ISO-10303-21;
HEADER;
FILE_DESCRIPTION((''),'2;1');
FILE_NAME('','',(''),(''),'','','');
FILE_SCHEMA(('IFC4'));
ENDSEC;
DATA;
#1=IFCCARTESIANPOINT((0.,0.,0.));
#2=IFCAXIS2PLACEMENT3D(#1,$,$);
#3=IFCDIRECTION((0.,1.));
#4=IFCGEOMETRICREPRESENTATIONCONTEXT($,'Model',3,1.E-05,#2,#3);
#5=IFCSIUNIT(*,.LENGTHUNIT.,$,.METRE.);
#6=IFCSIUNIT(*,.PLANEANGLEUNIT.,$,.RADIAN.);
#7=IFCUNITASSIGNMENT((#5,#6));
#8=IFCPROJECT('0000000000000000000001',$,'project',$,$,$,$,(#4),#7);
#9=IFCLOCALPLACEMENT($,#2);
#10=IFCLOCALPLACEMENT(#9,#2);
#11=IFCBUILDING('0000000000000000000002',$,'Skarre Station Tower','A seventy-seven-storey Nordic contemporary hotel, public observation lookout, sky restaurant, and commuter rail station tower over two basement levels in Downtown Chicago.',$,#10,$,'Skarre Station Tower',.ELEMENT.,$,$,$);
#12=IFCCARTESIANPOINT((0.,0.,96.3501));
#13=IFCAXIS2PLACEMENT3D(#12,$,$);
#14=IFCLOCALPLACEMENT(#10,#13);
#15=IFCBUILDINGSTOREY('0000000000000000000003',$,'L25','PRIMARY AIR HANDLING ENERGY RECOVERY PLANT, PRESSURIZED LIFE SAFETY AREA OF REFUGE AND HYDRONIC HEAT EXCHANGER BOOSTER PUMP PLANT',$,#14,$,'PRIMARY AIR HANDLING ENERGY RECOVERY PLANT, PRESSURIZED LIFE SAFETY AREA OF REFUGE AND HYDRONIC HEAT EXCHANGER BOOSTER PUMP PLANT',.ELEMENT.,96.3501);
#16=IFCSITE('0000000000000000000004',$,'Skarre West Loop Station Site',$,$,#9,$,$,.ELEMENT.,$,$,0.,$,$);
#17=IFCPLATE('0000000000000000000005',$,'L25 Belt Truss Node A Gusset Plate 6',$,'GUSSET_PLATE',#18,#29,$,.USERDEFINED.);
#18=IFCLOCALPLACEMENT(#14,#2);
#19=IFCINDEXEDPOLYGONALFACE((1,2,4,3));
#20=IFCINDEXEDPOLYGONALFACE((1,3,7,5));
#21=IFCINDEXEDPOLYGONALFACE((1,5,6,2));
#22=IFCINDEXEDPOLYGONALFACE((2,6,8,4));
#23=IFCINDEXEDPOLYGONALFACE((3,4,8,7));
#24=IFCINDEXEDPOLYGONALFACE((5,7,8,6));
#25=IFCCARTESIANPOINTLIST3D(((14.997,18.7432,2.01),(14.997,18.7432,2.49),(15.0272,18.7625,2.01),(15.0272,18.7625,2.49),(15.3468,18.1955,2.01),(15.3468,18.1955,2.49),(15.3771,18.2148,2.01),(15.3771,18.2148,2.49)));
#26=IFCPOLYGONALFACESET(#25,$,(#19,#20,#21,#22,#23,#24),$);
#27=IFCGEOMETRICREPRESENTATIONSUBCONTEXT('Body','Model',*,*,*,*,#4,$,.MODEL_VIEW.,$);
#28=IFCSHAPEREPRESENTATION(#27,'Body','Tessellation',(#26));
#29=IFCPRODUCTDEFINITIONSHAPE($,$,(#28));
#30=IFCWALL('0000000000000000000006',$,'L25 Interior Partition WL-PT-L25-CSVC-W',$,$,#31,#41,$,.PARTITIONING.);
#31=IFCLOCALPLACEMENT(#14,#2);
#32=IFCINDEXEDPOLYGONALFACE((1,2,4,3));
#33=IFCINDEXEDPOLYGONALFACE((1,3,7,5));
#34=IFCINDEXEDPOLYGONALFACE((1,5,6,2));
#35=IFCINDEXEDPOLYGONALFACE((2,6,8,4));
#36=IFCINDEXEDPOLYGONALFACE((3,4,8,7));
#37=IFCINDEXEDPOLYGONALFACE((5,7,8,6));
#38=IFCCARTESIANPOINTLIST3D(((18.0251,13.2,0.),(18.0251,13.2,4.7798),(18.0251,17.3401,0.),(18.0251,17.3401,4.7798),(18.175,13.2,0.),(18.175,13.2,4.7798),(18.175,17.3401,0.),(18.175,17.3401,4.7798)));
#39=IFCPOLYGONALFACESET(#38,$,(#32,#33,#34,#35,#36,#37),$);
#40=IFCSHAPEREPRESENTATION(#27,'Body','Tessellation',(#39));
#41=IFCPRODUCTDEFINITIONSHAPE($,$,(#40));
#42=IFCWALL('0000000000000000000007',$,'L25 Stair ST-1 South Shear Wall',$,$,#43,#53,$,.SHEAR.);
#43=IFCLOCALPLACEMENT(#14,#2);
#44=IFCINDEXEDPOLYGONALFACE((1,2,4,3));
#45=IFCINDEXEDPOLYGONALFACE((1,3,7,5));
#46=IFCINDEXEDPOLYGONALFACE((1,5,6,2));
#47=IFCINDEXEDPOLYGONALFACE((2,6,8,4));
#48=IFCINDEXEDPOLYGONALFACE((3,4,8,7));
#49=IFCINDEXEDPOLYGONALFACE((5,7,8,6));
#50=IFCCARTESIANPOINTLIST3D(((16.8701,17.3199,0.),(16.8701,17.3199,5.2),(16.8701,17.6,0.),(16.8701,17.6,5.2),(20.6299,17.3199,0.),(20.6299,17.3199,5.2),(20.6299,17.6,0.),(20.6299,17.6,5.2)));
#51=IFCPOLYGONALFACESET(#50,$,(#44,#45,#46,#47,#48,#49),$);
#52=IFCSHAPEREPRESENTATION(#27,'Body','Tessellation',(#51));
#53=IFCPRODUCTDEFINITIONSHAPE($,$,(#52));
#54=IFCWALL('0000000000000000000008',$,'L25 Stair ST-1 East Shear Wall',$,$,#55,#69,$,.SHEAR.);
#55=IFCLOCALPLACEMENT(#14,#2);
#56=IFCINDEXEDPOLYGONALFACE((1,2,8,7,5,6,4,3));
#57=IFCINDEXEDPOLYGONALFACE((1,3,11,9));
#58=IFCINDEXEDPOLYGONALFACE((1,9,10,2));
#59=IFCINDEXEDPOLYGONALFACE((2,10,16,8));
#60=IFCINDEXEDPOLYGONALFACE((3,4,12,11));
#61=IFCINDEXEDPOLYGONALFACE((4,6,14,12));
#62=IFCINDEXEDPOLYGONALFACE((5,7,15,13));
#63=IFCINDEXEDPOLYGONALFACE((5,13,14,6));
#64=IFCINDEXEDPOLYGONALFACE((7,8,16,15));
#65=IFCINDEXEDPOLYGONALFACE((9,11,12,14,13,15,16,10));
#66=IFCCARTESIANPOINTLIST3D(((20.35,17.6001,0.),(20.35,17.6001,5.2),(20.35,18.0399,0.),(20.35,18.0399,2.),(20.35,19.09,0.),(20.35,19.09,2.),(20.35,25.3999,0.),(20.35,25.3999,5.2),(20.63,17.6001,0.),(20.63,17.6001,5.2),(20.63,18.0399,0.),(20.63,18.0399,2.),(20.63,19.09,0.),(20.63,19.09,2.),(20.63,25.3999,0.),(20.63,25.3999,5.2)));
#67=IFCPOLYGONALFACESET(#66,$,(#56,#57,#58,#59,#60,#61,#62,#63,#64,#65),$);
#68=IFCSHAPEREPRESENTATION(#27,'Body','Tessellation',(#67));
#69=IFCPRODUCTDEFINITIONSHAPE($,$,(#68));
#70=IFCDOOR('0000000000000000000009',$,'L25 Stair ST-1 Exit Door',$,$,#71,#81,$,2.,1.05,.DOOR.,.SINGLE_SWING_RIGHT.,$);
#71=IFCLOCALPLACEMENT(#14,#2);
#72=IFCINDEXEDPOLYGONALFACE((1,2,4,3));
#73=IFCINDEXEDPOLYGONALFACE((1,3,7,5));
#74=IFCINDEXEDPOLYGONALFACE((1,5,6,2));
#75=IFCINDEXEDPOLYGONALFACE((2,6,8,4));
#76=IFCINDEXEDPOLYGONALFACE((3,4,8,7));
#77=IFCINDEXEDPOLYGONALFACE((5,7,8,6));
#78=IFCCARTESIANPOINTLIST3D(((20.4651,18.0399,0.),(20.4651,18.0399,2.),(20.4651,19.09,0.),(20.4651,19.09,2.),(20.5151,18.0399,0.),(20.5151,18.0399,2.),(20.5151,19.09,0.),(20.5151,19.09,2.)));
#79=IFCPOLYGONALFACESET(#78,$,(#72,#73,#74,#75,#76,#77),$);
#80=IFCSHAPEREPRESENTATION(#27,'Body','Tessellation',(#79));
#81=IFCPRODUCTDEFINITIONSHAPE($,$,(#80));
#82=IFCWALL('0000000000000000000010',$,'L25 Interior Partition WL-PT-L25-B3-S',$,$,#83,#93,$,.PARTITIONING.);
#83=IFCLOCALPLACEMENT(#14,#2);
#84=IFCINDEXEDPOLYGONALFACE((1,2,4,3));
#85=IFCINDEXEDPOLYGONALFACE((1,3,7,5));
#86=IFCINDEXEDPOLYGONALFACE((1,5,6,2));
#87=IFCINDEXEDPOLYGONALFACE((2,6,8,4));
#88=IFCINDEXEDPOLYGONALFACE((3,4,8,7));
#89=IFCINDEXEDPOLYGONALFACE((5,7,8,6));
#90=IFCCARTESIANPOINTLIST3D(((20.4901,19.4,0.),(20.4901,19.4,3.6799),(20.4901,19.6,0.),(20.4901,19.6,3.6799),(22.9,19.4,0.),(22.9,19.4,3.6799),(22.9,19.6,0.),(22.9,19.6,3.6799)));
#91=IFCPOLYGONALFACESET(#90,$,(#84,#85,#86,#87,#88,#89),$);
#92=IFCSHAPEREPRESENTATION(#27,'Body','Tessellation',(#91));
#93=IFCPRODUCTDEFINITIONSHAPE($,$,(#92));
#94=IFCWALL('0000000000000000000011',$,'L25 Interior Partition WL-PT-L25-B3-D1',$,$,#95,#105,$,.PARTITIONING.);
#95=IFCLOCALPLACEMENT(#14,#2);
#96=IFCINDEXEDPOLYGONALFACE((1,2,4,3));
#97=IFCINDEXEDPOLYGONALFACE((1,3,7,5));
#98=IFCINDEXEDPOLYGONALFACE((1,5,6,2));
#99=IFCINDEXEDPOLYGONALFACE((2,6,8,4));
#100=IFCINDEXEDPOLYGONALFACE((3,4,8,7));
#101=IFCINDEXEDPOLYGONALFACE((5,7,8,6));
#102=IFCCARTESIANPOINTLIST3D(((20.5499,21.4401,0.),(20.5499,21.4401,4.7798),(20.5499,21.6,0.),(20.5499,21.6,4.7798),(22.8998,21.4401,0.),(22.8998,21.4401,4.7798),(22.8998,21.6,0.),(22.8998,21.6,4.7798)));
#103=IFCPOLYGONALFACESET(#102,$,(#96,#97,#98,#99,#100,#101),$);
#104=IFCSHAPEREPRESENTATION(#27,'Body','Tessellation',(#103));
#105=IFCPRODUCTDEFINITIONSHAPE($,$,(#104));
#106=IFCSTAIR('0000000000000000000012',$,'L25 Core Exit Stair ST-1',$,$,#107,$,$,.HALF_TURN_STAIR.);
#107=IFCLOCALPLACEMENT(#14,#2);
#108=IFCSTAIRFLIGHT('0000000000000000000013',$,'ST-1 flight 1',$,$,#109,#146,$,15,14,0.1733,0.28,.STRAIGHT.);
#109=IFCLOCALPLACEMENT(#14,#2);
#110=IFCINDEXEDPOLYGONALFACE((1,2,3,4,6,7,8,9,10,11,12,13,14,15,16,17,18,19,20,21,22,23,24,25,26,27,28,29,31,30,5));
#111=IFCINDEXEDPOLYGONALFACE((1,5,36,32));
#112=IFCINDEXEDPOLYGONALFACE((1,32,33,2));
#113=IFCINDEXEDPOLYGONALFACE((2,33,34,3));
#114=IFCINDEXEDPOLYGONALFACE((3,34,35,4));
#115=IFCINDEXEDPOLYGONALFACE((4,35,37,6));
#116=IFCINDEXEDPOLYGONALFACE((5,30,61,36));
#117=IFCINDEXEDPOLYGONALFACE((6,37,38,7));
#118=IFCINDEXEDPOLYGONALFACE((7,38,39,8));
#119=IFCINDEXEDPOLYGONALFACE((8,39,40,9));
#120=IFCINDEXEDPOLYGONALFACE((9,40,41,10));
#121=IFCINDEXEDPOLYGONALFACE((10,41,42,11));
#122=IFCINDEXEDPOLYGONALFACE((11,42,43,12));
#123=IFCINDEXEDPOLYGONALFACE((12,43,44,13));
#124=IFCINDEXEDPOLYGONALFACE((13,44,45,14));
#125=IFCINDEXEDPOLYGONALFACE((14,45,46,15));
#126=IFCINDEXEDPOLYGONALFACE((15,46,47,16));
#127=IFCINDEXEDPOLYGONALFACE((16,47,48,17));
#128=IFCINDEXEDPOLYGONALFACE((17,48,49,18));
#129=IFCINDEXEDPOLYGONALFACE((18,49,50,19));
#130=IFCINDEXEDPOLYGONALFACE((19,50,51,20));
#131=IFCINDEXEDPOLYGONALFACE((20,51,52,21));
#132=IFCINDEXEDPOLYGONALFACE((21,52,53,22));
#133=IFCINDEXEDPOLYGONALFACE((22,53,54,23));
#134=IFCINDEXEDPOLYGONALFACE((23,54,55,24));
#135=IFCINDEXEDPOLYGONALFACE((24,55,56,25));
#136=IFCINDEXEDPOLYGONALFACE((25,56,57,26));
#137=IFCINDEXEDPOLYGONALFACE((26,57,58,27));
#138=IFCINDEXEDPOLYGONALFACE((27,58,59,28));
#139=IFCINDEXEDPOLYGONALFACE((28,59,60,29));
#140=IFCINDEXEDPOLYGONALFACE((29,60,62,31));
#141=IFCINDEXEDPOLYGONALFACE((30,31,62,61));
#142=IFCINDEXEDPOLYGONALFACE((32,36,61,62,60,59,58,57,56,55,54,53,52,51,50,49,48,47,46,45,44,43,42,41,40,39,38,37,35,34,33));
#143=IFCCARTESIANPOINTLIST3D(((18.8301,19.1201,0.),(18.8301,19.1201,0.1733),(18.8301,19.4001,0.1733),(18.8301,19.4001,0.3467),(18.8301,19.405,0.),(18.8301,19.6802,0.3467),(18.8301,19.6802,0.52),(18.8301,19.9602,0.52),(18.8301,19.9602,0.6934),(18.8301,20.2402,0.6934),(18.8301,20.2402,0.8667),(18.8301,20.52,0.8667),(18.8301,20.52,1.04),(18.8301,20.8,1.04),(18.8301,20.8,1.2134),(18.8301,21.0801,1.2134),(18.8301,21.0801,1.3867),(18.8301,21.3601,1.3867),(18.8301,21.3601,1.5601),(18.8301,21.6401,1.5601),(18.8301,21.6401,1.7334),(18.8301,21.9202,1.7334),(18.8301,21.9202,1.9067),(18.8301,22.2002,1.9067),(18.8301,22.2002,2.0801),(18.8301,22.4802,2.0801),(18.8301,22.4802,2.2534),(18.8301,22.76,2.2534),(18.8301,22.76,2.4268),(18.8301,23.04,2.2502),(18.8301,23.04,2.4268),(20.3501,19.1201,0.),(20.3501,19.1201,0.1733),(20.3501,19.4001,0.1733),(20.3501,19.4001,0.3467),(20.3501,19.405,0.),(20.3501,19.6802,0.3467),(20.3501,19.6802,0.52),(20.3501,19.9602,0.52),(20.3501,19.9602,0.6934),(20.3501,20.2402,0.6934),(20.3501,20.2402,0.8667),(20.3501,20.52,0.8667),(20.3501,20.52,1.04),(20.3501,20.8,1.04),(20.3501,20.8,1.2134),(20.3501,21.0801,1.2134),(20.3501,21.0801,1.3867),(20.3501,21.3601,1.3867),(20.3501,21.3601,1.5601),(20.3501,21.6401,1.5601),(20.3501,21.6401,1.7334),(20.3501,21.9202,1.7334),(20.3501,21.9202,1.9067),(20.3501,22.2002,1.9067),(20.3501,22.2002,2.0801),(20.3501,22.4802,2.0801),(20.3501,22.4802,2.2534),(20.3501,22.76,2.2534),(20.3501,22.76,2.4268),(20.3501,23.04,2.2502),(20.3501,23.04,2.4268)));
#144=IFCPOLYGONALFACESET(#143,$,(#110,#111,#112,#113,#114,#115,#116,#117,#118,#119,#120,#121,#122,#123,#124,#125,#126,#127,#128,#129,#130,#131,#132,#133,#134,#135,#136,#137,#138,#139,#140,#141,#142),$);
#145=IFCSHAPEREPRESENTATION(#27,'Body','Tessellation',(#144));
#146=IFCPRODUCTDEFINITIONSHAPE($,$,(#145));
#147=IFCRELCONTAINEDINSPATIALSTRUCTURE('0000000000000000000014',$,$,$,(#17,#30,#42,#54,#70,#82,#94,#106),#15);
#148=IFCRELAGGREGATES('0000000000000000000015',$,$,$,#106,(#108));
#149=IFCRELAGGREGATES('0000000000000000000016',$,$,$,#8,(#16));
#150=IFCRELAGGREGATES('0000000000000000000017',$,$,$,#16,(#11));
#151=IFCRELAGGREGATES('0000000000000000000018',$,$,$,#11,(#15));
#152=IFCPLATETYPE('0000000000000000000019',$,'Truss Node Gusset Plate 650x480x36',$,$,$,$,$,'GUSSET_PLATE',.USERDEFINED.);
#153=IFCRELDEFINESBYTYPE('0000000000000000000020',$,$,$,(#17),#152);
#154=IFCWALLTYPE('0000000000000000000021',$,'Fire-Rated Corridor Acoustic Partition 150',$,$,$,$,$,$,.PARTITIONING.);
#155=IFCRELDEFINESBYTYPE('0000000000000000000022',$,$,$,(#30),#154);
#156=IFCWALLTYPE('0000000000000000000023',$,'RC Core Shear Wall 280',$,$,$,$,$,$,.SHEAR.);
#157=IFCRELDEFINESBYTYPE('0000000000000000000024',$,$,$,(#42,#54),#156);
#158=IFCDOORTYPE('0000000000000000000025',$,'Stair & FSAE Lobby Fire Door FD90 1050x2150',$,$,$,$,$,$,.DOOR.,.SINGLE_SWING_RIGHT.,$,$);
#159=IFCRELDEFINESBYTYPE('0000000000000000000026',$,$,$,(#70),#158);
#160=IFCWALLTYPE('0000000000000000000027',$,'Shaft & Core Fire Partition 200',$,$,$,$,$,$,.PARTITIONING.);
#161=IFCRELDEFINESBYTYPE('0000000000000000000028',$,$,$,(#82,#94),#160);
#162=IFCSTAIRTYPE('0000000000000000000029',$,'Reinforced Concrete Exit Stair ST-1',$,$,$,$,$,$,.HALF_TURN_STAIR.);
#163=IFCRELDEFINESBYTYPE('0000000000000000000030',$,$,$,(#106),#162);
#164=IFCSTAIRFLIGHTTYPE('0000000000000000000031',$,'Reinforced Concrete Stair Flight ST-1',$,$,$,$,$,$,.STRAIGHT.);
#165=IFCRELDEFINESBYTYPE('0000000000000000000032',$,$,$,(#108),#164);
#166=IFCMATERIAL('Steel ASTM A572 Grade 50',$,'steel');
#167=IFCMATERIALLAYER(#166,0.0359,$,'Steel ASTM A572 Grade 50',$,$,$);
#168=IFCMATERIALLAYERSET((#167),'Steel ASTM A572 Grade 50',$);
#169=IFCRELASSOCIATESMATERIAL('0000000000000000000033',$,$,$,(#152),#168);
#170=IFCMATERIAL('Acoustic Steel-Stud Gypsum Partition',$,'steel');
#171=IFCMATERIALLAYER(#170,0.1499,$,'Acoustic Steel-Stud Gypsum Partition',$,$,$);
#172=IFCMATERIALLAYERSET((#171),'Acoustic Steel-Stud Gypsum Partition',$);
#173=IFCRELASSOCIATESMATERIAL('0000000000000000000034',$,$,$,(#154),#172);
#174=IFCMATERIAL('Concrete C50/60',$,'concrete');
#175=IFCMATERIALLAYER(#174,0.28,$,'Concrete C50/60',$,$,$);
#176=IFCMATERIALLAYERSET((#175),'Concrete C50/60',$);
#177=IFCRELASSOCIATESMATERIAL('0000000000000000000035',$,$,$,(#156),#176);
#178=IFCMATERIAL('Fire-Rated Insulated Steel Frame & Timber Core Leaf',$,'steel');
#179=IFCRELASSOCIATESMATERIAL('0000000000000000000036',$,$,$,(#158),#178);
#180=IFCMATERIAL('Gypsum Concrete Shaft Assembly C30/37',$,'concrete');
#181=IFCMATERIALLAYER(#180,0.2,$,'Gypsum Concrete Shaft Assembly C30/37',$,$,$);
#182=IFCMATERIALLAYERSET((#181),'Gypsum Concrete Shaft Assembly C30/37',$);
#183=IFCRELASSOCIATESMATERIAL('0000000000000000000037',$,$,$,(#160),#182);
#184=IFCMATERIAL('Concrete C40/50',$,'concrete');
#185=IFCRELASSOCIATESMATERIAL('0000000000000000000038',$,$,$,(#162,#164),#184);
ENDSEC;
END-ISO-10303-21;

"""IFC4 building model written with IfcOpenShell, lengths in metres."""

from ifc_helpers import new_model, si_unit, direction, frame, frame_2d, origin, origin_2d, place, context, subcontext, project, spatial, polyline, rectangle, outline, extrude, material, layer, layer_set, type_object, element, fill, aggregate, save


model = new_model("IFC4")

# Units and contexts
model_context = context("Model", 3, precision=1e-05, world=origin(), true_north=direction((0.0, 1.0)))
body_context = subcontext(model_context, "Body", "Model", "MODEL_VIEW")
ifc_project = project(units=[si_unit("LENGTHUNIT", "METRE"), si_unit("PLANEANGLEUNIT", "RADIAN")], contexts=[model_context])

# Site, building, storey
site_placement = place(None, origin())
site = spatial("IfcSite", under=ifc_project, at=site_placement, Name="Skarre West Loop Station Site", CompositionType="ELEMENT", RefElevation=0.0)
building_placement = place(site_placement, origin())
building = spatial("IfcBuilding", under=site, at=building_placement, Name="Skarre Station Tower", Description="A seventy-seven-storey Nordic contemporary hotel, public observation lookout, sky restaurant, and commuter rail station tower over two basement levels in Downtown Chicago.", LongName="Skarre Station Tower", CompositionType="ELEMENT")
storey_placement = place(building_placement, frame((0.0, 0.0, 96.3501)))
storey = spatial("IfcBuildingStorey", under=building, at=storey_placement, Name="L25", Description="PRIMARY AIR HANDLING ENERGY RECOVERY PLANT, PRESSURIZED LIFE SAFETY AREA OF REFUGE AND HYDRONIC HEAT EXCHANGER BOOSTER PUMP PLANT", LongName="PRIMARY AIR HANDLING ENERGY RECOVERY PLANT, PRESSURIZED LIFE SAFETY AREA OF REFUGE AND HYDRONIC HEAT EXCHANGER BOOSTER PUMP PLANT", CompositionType="ELEMENT", Elevation=96.3501)

# Plate
ifc_material_1 = material(Name="Steel ASTM A572 Grade 50", Category="steel")
ifc_layer_1 = layer(ifc_material_1, 0.0359, Name="Steel ASTM A572 Grade 50")
ifc_layer_set_1 = layer_set([ifc_layer_1], Name="Steel ASTM A572 Grade 50")
plate_type = type_object("IfcPlateType", Name="Truss Node Gusset Plate 650x480x36", ElementType="GUSSET_PLATE", PredefinedType="USERDEFINED", material=ifc_layer_set_1)
plate_placement = place(storey_placement, frame((15.187, 18.479, 2.01), z_axis=(0.0, 0.0, 1.0), x_axis=(0.538285, -0.842763, 0.0)))
element("IfcPlate", 1, at=plate_placement, inside=storey, type_object=plate_type, Name="L25 Belt Truss Node A Gusset Plate 6", ObjectType="GUSSET_PLATE", PredefinedType="USERDEFINED", context=body_context, shape_type="SweptSolid", body=[
    extrude(rectangle(XDim=0.6499, YDim=0.0359, at=origin_2d()), origin(), (0.0, 0.0, 1.0), 0.48),
])

# Walls
ifc_material_2 = material(Name="Acoustic Steel-Stud Gypsum Partition", Category="steel")
ifc_layer_2 = layer(ifc_material_2, 0.1499, Name="Acoustic Steel-Stud Gypsum Partition")
ifc_layer_set_2 = layer_set([ifc_layer_2], Name="Acoustic Steel-Stud Gypsum Partition")
wall_type_1 = type_object("IfcWallType", Name="Fire-Rated Corridor Acoustic Partition 150", PredefinedType="PARTITIONING", material=ifc_layer_set_2)
wall_1_placement = place(storey_placement, frame((18.1001, 17.3401, 0.0), z_axis=(0.0, 0.0, 1.0), x_axis=(0.0, -1.0, 0.0)))
element("IfcWall", 2, at=wall_1_placement, inside=storey, type_object=wall_type_1, Name="L25 Interior Partition WL-PT-L25-CSVC-W", PredefinedType="PARTITIONING", context=body_context, shape_type="SweptSolid", body=[
    extrude(rectangle(XDim=4.1401, YDim=0.1499, at=frame_2d((2.0701, 0.0))), origin(), (0.0, 0.0, 1.0), 4.7798),
])
ifc_material_3 = material(Name="Concrete C50/60", Category="concrete")
ifc_layer_3 = layer(ifc_material_3, 0.28, Name="Concrete C50/60")
ifc_layer_set_3 = layer_set([ifc_layer_3], Name="Concrete C50/60")
wall_type_2 = type_object("IfcWallType", Name="RC Core Shear Wall 280", PredefinedType="SHEAR", material=ifc_layer_set_3)
wall_2_placement = place(storey_placement, frame((16.8701, 17.46, 0.0), z_axis=(0.0, 0.0, 1.0), x_axis=(1.0, 0.0, 0.0)))
element("IfcWall", 3, at=wall_2_placement, inside=storey, type_object=wall_type_2, Name="L25 Stair ST-1 South Shear Wall", PredefinedType="SHEAR", context=body_context, shape_type="SweptSolid", body=[
    extrude(rectangle(XDim=3.7598, YDim=0.28, at=frame_2d((1.8799, 0.0))), origin(), (0.0, 0.0, 1.0), 5.2),
])

# Wall, opening, door
wall_3_placement = place(storey_placement, frame((20.49, 17.6001, 0.0), z_axis=(0.0, 0.0, 1.0), x_axis=(0.0, 1.0, 0.0)))
wall_3 = element("IfcWall", 4, at=wall_3_placement, inside=storey, type_object=wall_type_2, Name="L25 Stair ST-1 East Shear Wall", PredefinedType="SHEAR", context=body_context, shape_type="SweptSolid", body=[
    extrude(rectangle(XDim=7.7998, YDim=0.28, at=frame_2d((3.8999, 0.0))), origin(), (0.0, 0.0, 1.0), 5.2),
])
opening_placement = place(wall_3_placement, frame((0.4399, 0.0, 0.0)))
opening = element("IfcOpeningElement", 5, at=opening_placement, cuts=wall_3, PredefinedType="OPENING", context=body_context, shape_type="SweptSolid", body=[
    extrude(rectangle(XDim=1.05, YDim=2.0, at=frame_2d((0.5249, 1.0))), frame((0.0, 0.1499, 0.0), z_axis=(0.0, -1.0, 0.0), x_axis=(1.0, 0.0, 0.0)), (0.0, 0.0, 1.0), 0.3),
])
ifc_material_4 = material(Name="Fire-Rated Insulated Steel Frame & Timber Core Leaf", Category="steel")
door_type = type_object("IfcDoorType", Name="Stair & FSAE Lobby Fire Door FD90 1050x2150", OperationType="SINGLE_SWING_RIGHT", PredefinedType="DOOR", material=ifc_material_4)
door_placement = place(opening_placement, origin())
door = element("IfcDoor", 6, at=door_placement, inside=storey, type_object=door_type, Name="L25 Stair ST-1 Exit Door", OperationType="SINGLE_SWING_RIGHT", OverallHeight=2.0, OverallWidth=1.05, PredefinedType="DOOR", context=body_context, shape_type="SweptSolid", body=[
    extrude(rectangle(XDim=1.05, YDim=2.0, at=frame_2d((0.5249, 1.0))), frame((0.0, 0.0249, 0.0), z_axis=(0.0, -1.0, 0.0), x_axis=(1.0, 0.0, 0.0)), (0.0, 0.0, 1.0), 0.05),
])
fill(opening, door)

# Walls
ifc_material_5 = material(Name="Gypsum Concrete Shaft Assembly C30/37", Category="concrete")
ifc_layer_4 = layer(ifc_material_5, 0.2, Name="Gypsum Concrete Shaft Assembly C30/37")
ifc_layer_set_4 = layer_set([ifc_layer_4], Name="Gypsum Concrete Shaft Assembly C30/37")
wall_type_3 = type_object("IfcWallType", Name="Shaft & Core Fire Partition 200", PredefinedType="PARTITIONING", material=ifc_layer_set_4)
wall_4_placement = place(storey_placement, frame((20.49, 19.5, 0.0), z_axis=(0.0, 0.0, 1.0), x_axis=(1.0, 0.0, 0.0)))
element("IfcWall", 7, at=wall_4_placement, inside=storey, type_object=wall_type_3, Name="L25 Interior Partition WL-PT-L25-B3-S", PredefinedType="PARTITIONING", context=body_context, shape_type="SweptSolid", body=[
    extrude(rectangle(XDim=2.4099, YDim=0.2, at=frame_2d((1.2051, 0.0))), origin(), (0.0, 0.0, 1.0), 3.6799),
])
wall_5_placement = place(storey_placement, frame((20.55, 21.52, 0.0), z_axis=(0.0, 0.0, 1.0), x_axis=(1.0, 0.0, 0.0)))
element("IfcWall", 8, at=wall_5_placement, inside=storey, type_object=wall_type_3, Name="L25 Interior Partition WL-PT-L25-B3-D1", PredefinedType="PARTITIONING", context=body_context, shape_type="SweptSolid", body=[
    extrude(rectangle(XDim=2.3499, YDim=0.1599, at=frame_2d((1.1748, 0.0))), origin(), (0.0, 0.0, 1.0), 4.7798),
])

# Stair, stair flight
ifc_material_6 = material(Name="Concrete C40/50", Category="concrete")
stair_type = type_object("IfcStairType", Name="Reinforced Concrete Exit Stair ST-1", PredefinedType="HALF_TURN_STAIR", material=ifc_material_6)
stair_placement = place(storey_placement, origin())
stair = element("IfcStair", 9, at=stair_placement, inside=storey, type_object=stair_type, Name="L25 Core Exit Stair ST-1", PredefinedType="HALF_TURN_STAIR")
stair_flight_type = type_object("IfcStairFlightType", Name="Reinforced Concrete Stair Flight ST-1", PredefinedType="STRAIGHT", material=ifc_material_6)
stair_flight_placement = place(storey_placement, frame((19.5901, 19.1201, 0.0), z_axis=(0.0, 0.0, 1.0), x_axis=(0.0, 1.0, 0.0)))
stair_flight = element("IfcStairFlight", 10, at=stair_flight_placement, type_object=stair_flight_type, Name="ST-1 flight 1", NumberOfRisers=15, NumberOfTreads=14, PredefinedType="STRAIGHT", RiserHeight=0.1733, TreadLength=0.28, context=body_context, shape_type="SweptSolid", body=[
    extrude(outline(polyline([(0.0, 0.0), (0.0, 0.1733), (0.28, 0.1733), (0.28, 0.3467), (0.5601, 0.3467), (0.5601, 0.52), (0.8401, 0.52), (0.8401, 0.6934), (1.1201, 0.6934), (1.1201, 0.8667), (1.3999, 0.8667), (1.3999, 1.04), (1.6799, 1.04), (1.6799, 1.2134), (1.96, 1.2134), (1.96, 1.3867), (2.24, 1.3867), (2.24, 1.5601), (2.52, 1.5601), (2.52, 1.7334), (2.8, 1.7334), (2.8, 1.9067), (3.0801, 1.9067), (3.0801, 2.0801), (3.3601, 2.0801), (3.3601, 2.2534), (3.6399, 2.2534), (3.6399, 2.4268), (3.9199, 2.4268), (3.9199, 2.6001), (3.9199, 2.2502), (0.2849, 0.0), (0.0, 0.0)])), frame((0.0, 0.76, 0.0), z_axis=(0.0, -1.0, 0.0), x_axis=(1.0, 0.0, 0.0)), (0.0, 0.0, 1.0), 1.52),
])
aggregate(stair, [stair_flight])

save(model, "model.ifc")
